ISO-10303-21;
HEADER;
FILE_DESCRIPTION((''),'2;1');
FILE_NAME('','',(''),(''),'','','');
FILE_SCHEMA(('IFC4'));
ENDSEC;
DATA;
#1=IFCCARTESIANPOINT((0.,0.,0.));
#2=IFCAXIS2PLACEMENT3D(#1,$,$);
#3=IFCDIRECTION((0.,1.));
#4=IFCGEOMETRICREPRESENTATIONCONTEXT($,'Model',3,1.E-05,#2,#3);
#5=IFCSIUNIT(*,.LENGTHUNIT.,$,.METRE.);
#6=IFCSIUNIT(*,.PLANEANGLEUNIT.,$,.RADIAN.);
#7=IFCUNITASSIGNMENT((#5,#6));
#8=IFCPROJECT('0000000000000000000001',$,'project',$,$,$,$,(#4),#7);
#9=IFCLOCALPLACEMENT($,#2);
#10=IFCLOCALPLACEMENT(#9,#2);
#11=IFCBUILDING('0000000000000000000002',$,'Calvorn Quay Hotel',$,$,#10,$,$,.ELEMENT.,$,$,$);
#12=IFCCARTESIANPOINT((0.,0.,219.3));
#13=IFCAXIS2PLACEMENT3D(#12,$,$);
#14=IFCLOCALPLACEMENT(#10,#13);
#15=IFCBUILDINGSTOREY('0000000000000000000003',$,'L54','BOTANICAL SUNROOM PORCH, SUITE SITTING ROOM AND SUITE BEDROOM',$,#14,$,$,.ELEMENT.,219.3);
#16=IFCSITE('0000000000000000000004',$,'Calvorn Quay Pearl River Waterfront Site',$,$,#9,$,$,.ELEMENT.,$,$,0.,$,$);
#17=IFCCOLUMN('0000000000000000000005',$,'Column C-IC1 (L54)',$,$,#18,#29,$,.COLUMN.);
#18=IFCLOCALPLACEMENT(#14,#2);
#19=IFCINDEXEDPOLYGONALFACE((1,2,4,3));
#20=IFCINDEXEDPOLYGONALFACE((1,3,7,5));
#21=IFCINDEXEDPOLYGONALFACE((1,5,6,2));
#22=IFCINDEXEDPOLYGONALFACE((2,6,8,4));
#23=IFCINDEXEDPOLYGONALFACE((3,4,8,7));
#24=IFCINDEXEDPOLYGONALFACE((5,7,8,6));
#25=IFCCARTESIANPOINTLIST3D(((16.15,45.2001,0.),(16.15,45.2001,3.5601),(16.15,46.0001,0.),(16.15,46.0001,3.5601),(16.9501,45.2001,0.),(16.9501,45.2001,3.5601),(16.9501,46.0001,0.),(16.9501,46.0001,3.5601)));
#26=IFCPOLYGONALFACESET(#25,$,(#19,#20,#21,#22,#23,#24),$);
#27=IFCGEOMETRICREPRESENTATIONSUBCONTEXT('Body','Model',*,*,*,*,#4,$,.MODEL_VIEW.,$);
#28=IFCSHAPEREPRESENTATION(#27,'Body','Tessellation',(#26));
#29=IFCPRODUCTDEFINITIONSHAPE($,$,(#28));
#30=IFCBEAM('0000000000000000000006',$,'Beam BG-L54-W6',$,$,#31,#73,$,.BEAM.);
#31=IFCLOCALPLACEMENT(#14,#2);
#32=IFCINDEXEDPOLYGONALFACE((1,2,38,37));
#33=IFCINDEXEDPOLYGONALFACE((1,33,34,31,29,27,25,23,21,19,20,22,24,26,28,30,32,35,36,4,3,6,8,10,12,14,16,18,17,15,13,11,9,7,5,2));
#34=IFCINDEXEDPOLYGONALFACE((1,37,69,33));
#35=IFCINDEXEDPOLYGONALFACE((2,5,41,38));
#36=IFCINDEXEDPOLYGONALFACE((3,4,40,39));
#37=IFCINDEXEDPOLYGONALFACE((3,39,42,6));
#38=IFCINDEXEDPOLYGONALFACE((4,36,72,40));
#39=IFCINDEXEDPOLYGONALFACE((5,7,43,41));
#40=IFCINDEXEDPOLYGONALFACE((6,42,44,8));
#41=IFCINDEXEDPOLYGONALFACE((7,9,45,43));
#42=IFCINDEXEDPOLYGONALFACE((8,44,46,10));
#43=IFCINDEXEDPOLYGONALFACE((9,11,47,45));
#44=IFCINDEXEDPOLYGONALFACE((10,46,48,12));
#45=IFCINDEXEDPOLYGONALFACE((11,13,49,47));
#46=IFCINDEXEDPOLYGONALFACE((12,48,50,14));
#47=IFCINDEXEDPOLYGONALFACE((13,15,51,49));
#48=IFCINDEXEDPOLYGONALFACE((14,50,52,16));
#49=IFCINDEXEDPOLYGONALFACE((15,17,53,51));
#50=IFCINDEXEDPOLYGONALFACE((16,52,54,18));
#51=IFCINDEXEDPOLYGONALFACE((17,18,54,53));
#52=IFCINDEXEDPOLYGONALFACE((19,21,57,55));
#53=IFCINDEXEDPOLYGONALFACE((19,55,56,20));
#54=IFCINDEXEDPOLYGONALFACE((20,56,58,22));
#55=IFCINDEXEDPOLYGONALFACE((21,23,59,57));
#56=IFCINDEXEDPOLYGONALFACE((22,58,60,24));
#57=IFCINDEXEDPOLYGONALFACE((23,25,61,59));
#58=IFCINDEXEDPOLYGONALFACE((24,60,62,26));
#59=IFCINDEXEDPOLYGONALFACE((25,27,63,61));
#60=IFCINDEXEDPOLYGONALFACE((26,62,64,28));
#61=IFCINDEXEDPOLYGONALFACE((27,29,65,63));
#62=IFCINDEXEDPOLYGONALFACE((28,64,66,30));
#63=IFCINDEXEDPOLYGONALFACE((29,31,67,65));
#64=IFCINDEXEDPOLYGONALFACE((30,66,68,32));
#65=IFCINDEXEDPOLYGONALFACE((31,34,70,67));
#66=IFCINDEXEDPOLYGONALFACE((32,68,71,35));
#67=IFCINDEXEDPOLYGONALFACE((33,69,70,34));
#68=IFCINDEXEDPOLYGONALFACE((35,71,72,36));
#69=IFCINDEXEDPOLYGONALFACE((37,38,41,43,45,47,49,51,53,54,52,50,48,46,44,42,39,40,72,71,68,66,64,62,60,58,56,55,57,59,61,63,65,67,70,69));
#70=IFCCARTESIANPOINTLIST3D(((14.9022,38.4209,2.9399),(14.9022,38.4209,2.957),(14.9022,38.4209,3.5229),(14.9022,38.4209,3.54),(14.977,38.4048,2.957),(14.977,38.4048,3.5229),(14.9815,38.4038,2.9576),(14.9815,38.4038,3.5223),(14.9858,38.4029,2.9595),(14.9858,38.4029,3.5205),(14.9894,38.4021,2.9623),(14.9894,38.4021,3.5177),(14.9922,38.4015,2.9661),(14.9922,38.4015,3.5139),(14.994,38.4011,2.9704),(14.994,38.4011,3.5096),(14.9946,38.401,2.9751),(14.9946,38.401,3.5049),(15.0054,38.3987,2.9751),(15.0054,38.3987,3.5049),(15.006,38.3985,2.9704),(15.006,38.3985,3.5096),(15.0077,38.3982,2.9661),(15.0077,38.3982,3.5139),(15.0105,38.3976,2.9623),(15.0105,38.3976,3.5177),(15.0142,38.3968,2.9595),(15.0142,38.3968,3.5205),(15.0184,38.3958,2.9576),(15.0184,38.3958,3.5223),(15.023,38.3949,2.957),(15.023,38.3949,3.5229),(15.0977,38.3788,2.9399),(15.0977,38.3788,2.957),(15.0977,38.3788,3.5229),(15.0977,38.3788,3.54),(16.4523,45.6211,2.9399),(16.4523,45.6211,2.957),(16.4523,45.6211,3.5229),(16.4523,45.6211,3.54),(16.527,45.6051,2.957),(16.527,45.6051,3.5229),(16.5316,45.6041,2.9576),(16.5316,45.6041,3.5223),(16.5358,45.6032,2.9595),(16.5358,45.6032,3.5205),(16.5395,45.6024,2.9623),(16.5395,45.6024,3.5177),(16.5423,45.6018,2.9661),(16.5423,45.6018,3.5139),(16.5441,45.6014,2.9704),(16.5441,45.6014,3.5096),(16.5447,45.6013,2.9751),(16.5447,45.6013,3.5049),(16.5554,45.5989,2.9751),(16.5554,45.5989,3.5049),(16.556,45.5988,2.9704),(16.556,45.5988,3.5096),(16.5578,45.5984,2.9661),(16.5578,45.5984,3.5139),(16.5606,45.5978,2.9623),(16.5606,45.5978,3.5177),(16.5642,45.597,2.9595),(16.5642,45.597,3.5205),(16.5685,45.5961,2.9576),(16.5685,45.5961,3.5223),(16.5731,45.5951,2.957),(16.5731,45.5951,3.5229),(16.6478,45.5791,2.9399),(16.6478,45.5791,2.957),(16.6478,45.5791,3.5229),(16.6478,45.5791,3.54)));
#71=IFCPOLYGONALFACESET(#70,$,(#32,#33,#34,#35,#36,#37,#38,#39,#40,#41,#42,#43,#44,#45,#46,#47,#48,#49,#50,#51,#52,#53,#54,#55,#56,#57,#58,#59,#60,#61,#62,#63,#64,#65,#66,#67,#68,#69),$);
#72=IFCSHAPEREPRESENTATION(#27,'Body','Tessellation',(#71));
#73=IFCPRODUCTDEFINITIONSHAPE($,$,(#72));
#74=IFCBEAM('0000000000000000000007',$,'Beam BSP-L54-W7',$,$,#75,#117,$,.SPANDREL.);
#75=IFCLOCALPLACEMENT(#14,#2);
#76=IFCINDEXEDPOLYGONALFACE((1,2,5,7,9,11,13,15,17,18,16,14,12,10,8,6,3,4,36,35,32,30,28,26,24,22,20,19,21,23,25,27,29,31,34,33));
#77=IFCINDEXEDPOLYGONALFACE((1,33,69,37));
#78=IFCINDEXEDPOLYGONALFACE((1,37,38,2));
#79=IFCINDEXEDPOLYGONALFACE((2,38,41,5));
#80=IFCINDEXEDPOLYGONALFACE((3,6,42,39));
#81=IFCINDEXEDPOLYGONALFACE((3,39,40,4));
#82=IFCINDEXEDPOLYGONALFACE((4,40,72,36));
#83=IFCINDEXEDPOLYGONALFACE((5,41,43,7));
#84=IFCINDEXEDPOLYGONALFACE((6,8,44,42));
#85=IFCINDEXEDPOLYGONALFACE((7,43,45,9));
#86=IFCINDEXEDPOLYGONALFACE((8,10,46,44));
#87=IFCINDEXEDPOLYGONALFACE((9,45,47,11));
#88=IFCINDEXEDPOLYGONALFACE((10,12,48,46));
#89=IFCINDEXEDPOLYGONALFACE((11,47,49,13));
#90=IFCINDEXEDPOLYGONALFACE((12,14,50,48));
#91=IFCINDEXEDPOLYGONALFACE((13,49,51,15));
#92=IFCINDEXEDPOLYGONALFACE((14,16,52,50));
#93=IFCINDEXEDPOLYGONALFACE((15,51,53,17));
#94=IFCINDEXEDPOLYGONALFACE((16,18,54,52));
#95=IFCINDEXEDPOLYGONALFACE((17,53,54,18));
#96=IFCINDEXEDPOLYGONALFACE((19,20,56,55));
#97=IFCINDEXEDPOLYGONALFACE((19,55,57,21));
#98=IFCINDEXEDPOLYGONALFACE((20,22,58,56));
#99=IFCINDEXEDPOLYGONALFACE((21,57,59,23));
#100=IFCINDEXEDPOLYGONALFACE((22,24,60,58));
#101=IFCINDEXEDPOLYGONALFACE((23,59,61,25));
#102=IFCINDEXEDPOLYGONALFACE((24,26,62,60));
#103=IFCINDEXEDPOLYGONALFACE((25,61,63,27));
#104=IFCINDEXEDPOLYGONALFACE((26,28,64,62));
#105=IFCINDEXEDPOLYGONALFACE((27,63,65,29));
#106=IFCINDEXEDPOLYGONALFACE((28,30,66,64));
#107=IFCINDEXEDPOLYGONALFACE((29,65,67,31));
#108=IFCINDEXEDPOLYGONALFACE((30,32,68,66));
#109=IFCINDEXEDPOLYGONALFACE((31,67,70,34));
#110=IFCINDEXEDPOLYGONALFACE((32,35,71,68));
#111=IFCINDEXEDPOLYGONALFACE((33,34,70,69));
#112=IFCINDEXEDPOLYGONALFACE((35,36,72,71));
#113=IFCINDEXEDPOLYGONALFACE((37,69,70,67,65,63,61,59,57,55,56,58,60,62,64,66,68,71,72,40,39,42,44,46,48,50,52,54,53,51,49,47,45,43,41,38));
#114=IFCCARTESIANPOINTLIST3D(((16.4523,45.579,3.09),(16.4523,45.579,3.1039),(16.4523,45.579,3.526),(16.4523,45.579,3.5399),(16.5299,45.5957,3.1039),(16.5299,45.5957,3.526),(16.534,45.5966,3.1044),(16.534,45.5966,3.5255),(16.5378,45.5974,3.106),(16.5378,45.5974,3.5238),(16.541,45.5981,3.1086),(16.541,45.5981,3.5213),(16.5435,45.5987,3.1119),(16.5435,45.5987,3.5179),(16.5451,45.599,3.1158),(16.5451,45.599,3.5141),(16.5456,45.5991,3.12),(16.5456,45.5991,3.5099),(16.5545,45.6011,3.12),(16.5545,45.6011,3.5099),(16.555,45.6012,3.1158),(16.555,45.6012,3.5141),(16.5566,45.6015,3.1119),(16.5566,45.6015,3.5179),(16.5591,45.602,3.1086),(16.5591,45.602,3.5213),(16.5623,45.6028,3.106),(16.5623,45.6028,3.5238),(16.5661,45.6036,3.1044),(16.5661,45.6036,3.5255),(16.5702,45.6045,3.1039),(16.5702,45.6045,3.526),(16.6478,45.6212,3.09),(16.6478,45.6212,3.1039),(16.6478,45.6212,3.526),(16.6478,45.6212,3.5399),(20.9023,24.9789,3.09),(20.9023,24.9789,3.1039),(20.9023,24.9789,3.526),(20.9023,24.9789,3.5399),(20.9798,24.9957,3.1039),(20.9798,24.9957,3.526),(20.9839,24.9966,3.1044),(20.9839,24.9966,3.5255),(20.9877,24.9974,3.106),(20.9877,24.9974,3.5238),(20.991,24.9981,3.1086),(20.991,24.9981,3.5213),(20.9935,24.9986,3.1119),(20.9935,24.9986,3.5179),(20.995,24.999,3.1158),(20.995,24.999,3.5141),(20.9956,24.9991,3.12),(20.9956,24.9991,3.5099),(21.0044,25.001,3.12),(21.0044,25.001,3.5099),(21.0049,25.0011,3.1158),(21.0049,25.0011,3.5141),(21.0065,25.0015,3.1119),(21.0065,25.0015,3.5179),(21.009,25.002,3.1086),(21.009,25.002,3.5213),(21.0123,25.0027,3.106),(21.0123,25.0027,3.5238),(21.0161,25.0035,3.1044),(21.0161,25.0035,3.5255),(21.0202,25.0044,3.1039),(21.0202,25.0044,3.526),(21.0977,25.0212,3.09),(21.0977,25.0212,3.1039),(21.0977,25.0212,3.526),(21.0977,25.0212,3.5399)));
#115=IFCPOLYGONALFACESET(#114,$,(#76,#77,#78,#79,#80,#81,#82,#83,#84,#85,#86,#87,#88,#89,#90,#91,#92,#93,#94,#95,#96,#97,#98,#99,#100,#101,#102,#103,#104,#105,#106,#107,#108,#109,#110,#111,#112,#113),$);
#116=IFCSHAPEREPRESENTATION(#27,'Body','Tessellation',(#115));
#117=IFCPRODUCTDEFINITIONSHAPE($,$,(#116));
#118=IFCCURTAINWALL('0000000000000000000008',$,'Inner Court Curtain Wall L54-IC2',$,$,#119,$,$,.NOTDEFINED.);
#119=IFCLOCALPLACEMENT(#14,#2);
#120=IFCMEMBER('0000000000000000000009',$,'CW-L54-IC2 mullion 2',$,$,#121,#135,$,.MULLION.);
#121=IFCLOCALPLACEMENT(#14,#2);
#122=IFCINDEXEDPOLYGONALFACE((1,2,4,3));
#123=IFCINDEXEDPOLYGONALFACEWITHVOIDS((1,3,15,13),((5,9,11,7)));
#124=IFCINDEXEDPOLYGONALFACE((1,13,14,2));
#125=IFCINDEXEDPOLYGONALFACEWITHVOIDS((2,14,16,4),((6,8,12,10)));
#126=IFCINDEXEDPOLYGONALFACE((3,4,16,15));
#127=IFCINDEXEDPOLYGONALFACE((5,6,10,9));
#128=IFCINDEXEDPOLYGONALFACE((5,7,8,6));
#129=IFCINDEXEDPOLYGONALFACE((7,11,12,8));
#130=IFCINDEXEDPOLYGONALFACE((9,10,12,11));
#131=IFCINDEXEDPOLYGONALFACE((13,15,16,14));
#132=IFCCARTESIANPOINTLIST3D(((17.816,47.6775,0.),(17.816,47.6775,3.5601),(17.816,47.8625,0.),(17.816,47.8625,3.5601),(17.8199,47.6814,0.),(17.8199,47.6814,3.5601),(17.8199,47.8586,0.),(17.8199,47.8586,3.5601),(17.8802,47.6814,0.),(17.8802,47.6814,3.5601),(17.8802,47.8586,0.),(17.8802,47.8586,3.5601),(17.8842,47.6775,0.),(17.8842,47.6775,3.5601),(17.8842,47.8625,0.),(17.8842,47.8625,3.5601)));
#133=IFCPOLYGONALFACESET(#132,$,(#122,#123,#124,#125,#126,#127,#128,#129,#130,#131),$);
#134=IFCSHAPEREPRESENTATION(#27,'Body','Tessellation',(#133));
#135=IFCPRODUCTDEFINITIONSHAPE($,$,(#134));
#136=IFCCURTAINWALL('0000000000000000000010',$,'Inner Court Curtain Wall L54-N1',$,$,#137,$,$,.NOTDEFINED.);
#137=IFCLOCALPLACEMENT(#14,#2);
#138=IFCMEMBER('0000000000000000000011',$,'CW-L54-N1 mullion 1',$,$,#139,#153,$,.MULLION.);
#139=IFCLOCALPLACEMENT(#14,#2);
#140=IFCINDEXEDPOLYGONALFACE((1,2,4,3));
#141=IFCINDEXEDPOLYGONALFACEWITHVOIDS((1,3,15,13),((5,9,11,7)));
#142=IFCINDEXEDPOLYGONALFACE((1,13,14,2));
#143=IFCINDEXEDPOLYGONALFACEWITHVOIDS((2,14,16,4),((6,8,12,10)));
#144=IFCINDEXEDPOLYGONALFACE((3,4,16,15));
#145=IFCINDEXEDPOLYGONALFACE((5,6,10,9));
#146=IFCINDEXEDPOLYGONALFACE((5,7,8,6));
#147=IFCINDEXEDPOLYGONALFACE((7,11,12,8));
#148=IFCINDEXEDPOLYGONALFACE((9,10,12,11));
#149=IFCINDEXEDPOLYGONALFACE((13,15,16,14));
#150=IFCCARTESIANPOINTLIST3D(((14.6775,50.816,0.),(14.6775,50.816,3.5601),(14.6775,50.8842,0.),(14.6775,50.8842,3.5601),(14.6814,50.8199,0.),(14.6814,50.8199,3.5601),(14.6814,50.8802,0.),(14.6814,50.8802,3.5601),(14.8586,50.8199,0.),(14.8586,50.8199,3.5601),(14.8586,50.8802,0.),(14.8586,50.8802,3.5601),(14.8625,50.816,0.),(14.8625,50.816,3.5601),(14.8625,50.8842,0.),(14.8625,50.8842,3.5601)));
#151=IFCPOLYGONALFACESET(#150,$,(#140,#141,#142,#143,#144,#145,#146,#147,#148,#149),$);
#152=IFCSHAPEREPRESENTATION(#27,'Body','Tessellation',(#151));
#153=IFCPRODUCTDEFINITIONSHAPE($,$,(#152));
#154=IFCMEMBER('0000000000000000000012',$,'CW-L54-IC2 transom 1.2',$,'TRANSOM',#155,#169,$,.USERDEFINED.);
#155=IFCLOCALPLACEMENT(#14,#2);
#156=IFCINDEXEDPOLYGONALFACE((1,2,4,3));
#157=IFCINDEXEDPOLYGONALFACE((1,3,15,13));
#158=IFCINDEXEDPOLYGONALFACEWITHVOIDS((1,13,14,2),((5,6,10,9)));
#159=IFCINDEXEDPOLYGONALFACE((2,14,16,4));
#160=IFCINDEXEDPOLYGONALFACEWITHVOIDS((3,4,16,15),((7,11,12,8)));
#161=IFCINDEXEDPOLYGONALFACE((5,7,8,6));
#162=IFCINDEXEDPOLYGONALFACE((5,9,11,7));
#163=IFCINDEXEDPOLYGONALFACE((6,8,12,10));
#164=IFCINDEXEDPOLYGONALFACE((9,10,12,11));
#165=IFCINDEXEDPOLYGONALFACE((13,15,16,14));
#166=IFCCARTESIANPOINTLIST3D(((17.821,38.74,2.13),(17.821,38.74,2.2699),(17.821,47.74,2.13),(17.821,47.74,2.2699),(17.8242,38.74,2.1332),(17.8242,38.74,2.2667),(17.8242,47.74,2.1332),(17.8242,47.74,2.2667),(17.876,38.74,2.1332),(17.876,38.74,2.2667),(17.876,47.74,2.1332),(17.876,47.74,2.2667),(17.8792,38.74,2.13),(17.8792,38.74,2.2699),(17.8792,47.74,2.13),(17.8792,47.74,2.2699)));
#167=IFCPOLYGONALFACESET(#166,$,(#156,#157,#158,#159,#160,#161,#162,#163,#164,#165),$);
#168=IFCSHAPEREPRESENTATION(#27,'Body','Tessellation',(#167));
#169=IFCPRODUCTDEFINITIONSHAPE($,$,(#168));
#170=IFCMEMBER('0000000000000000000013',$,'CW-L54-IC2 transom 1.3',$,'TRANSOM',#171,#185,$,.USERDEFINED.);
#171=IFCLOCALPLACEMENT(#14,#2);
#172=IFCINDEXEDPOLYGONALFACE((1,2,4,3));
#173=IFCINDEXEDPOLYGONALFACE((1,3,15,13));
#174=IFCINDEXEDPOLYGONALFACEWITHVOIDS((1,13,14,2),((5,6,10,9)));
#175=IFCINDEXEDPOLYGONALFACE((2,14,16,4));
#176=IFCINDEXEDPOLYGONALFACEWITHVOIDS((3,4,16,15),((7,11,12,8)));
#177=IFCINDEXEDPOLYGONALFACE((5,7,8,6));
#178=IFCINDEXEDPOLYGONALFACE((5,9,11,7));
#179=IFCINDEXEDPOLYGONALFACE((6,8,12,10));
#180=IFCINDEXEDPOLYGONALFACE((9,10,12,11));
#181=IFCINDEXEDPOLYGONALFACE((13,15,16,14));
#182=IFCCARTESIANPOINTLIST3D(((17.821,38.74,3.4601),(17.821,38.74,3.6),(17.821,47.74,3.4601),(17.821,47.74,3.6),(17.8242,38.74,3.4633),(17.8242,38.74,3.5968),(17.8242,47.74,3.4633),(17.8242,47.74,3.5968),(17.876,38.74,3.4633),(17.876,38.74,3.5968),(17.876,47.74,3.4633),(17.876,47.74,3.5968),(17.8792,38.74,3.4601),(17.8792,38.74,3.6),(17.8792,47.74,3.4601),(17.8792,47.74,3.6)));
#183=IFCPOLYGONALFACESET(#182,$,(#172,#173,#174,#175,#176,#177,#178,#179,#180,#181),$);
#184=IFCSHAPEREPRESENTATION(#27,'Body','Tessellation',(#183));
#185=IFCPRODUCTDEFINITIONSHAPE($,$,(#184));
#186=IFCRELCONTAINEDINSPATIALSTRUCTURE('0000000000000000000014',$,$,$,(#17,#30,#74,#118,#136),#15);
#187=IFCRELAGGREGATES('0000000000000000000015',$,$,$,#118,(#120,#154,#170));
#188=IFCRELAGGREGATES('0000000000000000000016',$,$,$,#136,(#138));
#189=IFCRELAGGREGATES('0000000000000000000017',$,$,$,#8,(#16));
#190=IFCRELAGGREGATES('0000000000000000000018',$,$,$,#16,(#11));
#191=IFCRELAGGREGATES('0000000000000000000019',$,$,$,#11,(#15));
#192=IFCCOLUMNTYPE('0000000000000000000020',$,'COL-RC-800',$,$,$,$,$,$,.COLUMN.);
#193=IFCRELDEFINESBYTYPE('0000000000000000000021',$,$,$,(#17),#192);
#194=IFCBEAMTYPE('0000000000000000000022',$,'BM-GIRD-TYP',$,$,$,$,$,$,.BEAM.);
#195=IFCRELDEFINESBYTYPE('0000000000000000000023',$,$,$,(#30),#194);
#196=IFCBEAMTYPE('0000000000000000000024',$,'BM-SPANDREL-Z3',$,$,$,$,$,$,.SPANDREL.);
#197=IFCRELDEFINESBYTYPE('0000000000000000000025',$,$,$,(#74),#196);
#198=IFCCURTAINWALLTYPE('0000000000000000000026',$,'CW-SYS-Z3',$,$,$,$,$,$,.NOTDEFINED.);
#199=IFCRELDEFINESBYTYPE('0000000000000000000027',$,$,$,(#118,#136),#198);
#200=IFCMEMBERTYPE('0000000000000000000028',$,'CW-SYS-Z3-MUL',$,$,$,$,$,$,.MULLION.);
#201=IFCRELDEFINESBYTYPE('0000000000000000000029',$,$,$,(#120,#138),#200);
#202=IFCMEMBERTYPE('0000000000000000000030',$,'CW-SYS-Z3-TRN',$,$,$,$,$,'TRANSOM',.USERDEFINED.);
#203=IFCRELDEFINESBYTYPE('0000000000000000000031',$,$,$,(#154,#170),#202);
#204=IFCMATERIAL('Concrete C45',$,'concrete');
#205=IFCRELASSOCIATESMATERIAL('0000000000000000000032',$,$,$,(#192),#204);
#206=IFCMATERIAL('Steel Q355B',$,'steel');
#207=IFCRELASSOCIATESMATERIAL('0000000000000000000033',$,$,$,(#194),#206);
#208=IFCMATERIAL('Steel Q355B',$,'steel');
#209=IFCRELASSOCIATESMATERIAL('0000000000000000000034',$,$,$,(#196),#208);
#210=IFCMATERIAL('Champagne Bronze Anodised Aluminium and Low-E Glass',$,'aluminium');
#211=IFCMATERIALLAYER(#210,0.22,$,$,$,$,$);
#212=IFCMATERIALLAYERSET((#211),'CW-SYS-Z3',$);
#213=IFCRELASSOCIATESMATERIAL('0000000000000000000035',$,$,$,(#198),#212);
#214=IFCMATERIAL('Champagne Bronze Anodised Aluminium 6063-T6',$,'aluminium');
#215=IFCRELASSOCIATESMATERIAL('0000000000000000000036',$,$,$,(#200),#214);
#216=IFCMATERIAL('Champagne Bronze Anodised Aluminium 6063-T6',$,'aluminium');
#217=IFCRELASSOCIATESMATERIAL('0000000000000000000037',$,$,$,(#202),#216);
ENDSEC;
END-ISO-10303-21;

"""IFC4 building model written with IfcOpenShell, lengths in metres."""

from ifc_helpers import new_model, si_unit, direction, frame, origin, origin_2d, place, context, subcontext, project, spatial, rectangle, hollow_rectangle, i_section, extrude, material, layer, layer_set, material_profile, profile_set, type_object, element, aggregate, save


model = new_model("IFC4")

# Units and contexts
model_context = context("Model", 3, precision=1e-05, world=origin(), true_north=direction((0.0, 1.0)))
body_context = subcontext(model_context, "Body", "Model", "MODEL_VIEW")
ifc_project = project(units=[si_unit("LENGTHUNIT", "METRE"), si_unit("PLANEANGLEUNIT", "RADIAN")], contexts=[model_context])

# Site, building, storey
site_placement = place(None, origin())
site = spatial("IfcSite", under=ifc_project, at=site_placement, Name="Calvorn Quay Pearl River Waterfront Site", CompositionType="ELEMENT", RefElevation=0.0)
building_placement = place(site_placement, origin())
building = spatial("IfcBuilding", under=site, at=building_placement, Name="Calvorn Quay Hotel", CompositionType="ELEMENT")
storey_placement = place(building_placement, frame((0.0, 0.0, 219.3)))
storey = spatial("IfcBuildingStorey", under=building, at=storey_placement, Name="L54", Description="BOTANICAL SUNROOM PORCH, SUITE SITTING ROOM AND SUITE BEDROOM", CompositionType="ELEMENT", Elevation=219.3)

# Column
ifc_material_1 = material(Name="Concrete C45", Category="concrete")
ifc_material_profile_1 = material_profile(ifc_material_1, rectangle(XDim=0.8, YDim=0.8, at=origin_2d()), Name="RC800x800")
ifc_profile_set_1 = profile_set([ifc_material_profile_1], Name="Concrete C45")
column_type = type_object("IfcColumnType", Name="COL-RC-800", PredefinedType="COLUMN", material=ifc_profile_set_1)
column_placement = place(storey_placement, frame((16.55, 45.6001, 0.0), z_axis=(0.0, 0.0, 1.0), x_axis=(1.0, 0.0, 0.0)))
element("IfcColumn", 1, at=column_placement, inside=storey, type_object=column_type, Name="Column C-IC1 (L54)", PredefinedType="COLUMN", context=body_context, shape_type="SweptSolid", body=[
    extrude(rectangle(XDim=0.8, YDim=0.8, at=origin_2d()), origin(), (0.0, 0.0, 1.0), 3.5601),
])

# Beams
ifc_material_2 = material(Name="Steel Q355B", Category="steel")
ifc_material_profile_2 = material_profile(ifc_material_2, i_section(OverallWidth=0.2, OverallDepth=0.6001, WebThickness=0.011, FlangeThickness=0.0171, FilletRadius=0.0181, at=origin_2d()), Name="HN600x200x11x17")
ifc_profile_set_2 = profile_set([ifc_material_profile_2], Name="Steel Q355B")
beam_type_1 = type_object("IfcBeamType", Name="BM-GIRD-TYP", PredefinedType="BEAM", material=ifc_profile_set_2)
beam_1_placement = place(storey_placement, frame((16.55, 45.6001, 3.24), z_axis=(-0.210457, -0.977603, 0.0), x_axis=(0.977603, -0.210457, 0.0)))
element("IfcBeam", 2, at=beam_1_placement, inside=storey, type_object=beam_type_1, Name="Beam BG-L54-W6", PredefinedType="BEAM", context=body_context, shape_type="SweptSolid", body=[
    extrude(i_section(OverallWidth=0.2, OverallDepth=0.6001, WebThickness=0.011, FlangeThickness=0.0171, FilletRadius=0.0181, at=origin_2d()), origin(), (0.0, 0.0, 1.0), 7.3652),
])
ifc_material_3 = material(Name="Steel Q355B", Category="steel")
ifc_material_profile_3 = material_profile(ifc_material_3, i_section(OverallWidth=0.2, OverallDepth=0.45, WebThickness=0.009, FlangeThickness=0.0139, FilletRadius=0.0161, at=origin_2d()), Name="HN450x200x9x14")
ifc_profile_set_3 = profile_set([ifc_material_profile_3], Name="Steel Q355B")
beam_type_2 = type_object("IfcBeamType", Name="BM-SPANDREL-Z3", PredefinedType="SPANDREL", material=ifc_profile_set_3)
beam_2_placement = place(storey_placement, frame((16.55, 45.6001, 3.3149), z_axis=(0.211146, -0.977455, 0.0), x_axis=(0.977455, 0.211146, 0.0)))
element("IfcBeam", 3, at=beam_2_placement, inside=storey, type_object=beam_type_2, Name="Beam BSP-L54-W7", PredefinedType="SPANDREL", context=body_context, shape_type="SweptSolid", body=[
    extrude(i_section(OverallWidth=0.2, OverallDepth=0.45, WebThickness=0.009, FlangeThickness=0.0139, FilletRadius=0.0161, at=origin_2d()), origin(), (0.0, 0.0, 1.0), 21.0752),
])

# Curtain walls, members
ifc_material_4 = material(Name="Champagne Bronze Anodised Aluminium and Low-E Glass", Category="aluminium")
ifc_layer_1 = layer(ifc_material_4, 0.22)
ifc_layer_set_1 = layer_set([ifc_layer_1], Name="CW-SYS-Z3")
curtain_wall_type = type_object("IfcCurtainWallType", Name="CW-SYS-Z3", PredefinedType="NOTDEFINED", material=ifc_layer_set_1)
curtain_wall_1_placement = place(storey_placement, origin())
curtain_wall_1 = element("IfcCurtainWall", 4, at=curtain_wall_1_placement, inside=storey, type_object=curtain_wall_type, Name="Inner Court Curtain Wall L54-IC2", PredefinedType="NOTDEFINED")
ifc_material_5 = material(Name="Champagne Bronze Anodised Aluminium 6063-T6", Category="aluminium")
ifc_material_profile_4 = material_profile(ifc_material_5, hollow_rectangle(XDim=0.0681, YDim=0.1851, WallThickness=0.0039, at=origin_2d()), Name="ALU-M185x68x4")
ifc_profile_set_4 = profile_set([ifc_material_profile_4], Name="Champagne Bronze Anodised Aluminium 6063-T6")
member_type_1 = type_object("IfcMemberType", Name="CW-SYS-Z3-MUL", PredefinedType="MULLION", material=ifc_profile_set_4)
member_1_placement = place(storey_placement, frame((17.8501, 47.77, 0.0), z_axis=(0.0, 0.0, 1.0), x_axis=(-1.0, 0.0, 0.0)))
member_1 = element("IfcMember", 5, at=member_1_placement, type_object=member_type_1, Name="CW-L54-IC2 mullion 2", PredefinedType="MULLION", context=body_context, shape_type="SweptSolid", body=[
    extrude(hollow_rectangle(XDim=0.0681, YDim=0.1851, WallThickness=0.0039, at=origin_2d()), origin(), (0.0, 0.0, 1.0), 3.5601),
])
curtain_wall_2_placement = place(storey_placement, origin())
curtain_wall_2 = element("IfcCurtainWall", 6, at=curtain_wall_2_placement, inside=storey, type_object=curtain_wall_type, Name="Inner Court Curtain Wall L54-N1", PredefinedType="NOTDEFINED")
member_2_placement = place(storey_placement, frame((14.77, 50.8501, 0.0), z_axis=(0.0, 0.0, 1.0), x_axis=(0.0, -1.0, 0.0)))
member_2 = element("IfcMember", 7, at=member_2_placement, type_object=member_type_1, Name="CW-L54-N1 mullion 1", PredefinedType="MULLION", context=body_context, shape_type="SweptSolid", body=[
    extrude(hollow_rectangle(XDim=0.0681, YDim=0.1851, WallThickness=0.0039, at=origin_2d()), origin(), (0.0, 0.0, 1.0), 3.5601),
])

# Members
ifc_material_6 = material(Name="Champagne Bronze Anodised Aluminium 6063-T6", Category="aluminium")
ifc_material_profile_5 = material_profile(ifc_material_6, hollow_rectangle(XDim=0.0581, YDim=0.1399, WallThickness=0.0032, at=origin_2d()), Name="ALU-T140x58x3.2")
ifc_profile_set_5 = profile_set([ifc_material_profile_5], Name="Champagne Bronze Anodised Aluminium 6063-T6")
member_type_2 = type_object("IfcMemberType", Name="CW-SYS-Z3-TRN", ElementType="TRANSOM", PredefinedType="USERDEFINED", material=ifc_profile_set_5)
member_3_placement = place(storey_placement, frame((17.8501, 38.74, 2.2), z_axis=(0.0, 1.0, 0.0), x_axis=(-1.0, 0.0, 0.0)))
member_3 = element("IfcMember", 8, at=member_3_placement, type_object=member_type_2, Name="CW-L54-IC2 transom 1.2", ObjectType="TRANSOM", PredefinedType="USERDEFINED", context=body_context, shape_type="SweptSolid", body=[
    extrude(hollow_rectangle(XDim=0.0581, YDim=0.1399, WallThickness=0.0032, at=origin_2d()), origin(), (0.0, 0.0, 1.0), 9.0),
])
member_4_placement = place(storey_placement, frame((17.8501, 38.74, 3.53), z_axis=(0.0, 1.0, 0.0), x_axis=(-1.0, 0.0, 0.0)))
member_4 = element("IfcMember", 9, at=member_4_placement, type_object=member_type_2, Name="CW-L54-IC2 transom 1.3", ObjectType="TRANSOM", PredefinedType="USERDEFINED", context=body_context, shape_type="SweptSolid", body=[
    extrude(hollow_rectangle(XDim=0.0581, YDim=0.1399, WallThickness=0.0032, at=origin_2d()), origin(), (0.0, 0.0, 1.0), 9.0),
])

aggregate(curtain_wall_1, [member_1, member_3, member_4])
aggregate(curtain_wall_2, [member_2])

save(model, "model.ifc")
